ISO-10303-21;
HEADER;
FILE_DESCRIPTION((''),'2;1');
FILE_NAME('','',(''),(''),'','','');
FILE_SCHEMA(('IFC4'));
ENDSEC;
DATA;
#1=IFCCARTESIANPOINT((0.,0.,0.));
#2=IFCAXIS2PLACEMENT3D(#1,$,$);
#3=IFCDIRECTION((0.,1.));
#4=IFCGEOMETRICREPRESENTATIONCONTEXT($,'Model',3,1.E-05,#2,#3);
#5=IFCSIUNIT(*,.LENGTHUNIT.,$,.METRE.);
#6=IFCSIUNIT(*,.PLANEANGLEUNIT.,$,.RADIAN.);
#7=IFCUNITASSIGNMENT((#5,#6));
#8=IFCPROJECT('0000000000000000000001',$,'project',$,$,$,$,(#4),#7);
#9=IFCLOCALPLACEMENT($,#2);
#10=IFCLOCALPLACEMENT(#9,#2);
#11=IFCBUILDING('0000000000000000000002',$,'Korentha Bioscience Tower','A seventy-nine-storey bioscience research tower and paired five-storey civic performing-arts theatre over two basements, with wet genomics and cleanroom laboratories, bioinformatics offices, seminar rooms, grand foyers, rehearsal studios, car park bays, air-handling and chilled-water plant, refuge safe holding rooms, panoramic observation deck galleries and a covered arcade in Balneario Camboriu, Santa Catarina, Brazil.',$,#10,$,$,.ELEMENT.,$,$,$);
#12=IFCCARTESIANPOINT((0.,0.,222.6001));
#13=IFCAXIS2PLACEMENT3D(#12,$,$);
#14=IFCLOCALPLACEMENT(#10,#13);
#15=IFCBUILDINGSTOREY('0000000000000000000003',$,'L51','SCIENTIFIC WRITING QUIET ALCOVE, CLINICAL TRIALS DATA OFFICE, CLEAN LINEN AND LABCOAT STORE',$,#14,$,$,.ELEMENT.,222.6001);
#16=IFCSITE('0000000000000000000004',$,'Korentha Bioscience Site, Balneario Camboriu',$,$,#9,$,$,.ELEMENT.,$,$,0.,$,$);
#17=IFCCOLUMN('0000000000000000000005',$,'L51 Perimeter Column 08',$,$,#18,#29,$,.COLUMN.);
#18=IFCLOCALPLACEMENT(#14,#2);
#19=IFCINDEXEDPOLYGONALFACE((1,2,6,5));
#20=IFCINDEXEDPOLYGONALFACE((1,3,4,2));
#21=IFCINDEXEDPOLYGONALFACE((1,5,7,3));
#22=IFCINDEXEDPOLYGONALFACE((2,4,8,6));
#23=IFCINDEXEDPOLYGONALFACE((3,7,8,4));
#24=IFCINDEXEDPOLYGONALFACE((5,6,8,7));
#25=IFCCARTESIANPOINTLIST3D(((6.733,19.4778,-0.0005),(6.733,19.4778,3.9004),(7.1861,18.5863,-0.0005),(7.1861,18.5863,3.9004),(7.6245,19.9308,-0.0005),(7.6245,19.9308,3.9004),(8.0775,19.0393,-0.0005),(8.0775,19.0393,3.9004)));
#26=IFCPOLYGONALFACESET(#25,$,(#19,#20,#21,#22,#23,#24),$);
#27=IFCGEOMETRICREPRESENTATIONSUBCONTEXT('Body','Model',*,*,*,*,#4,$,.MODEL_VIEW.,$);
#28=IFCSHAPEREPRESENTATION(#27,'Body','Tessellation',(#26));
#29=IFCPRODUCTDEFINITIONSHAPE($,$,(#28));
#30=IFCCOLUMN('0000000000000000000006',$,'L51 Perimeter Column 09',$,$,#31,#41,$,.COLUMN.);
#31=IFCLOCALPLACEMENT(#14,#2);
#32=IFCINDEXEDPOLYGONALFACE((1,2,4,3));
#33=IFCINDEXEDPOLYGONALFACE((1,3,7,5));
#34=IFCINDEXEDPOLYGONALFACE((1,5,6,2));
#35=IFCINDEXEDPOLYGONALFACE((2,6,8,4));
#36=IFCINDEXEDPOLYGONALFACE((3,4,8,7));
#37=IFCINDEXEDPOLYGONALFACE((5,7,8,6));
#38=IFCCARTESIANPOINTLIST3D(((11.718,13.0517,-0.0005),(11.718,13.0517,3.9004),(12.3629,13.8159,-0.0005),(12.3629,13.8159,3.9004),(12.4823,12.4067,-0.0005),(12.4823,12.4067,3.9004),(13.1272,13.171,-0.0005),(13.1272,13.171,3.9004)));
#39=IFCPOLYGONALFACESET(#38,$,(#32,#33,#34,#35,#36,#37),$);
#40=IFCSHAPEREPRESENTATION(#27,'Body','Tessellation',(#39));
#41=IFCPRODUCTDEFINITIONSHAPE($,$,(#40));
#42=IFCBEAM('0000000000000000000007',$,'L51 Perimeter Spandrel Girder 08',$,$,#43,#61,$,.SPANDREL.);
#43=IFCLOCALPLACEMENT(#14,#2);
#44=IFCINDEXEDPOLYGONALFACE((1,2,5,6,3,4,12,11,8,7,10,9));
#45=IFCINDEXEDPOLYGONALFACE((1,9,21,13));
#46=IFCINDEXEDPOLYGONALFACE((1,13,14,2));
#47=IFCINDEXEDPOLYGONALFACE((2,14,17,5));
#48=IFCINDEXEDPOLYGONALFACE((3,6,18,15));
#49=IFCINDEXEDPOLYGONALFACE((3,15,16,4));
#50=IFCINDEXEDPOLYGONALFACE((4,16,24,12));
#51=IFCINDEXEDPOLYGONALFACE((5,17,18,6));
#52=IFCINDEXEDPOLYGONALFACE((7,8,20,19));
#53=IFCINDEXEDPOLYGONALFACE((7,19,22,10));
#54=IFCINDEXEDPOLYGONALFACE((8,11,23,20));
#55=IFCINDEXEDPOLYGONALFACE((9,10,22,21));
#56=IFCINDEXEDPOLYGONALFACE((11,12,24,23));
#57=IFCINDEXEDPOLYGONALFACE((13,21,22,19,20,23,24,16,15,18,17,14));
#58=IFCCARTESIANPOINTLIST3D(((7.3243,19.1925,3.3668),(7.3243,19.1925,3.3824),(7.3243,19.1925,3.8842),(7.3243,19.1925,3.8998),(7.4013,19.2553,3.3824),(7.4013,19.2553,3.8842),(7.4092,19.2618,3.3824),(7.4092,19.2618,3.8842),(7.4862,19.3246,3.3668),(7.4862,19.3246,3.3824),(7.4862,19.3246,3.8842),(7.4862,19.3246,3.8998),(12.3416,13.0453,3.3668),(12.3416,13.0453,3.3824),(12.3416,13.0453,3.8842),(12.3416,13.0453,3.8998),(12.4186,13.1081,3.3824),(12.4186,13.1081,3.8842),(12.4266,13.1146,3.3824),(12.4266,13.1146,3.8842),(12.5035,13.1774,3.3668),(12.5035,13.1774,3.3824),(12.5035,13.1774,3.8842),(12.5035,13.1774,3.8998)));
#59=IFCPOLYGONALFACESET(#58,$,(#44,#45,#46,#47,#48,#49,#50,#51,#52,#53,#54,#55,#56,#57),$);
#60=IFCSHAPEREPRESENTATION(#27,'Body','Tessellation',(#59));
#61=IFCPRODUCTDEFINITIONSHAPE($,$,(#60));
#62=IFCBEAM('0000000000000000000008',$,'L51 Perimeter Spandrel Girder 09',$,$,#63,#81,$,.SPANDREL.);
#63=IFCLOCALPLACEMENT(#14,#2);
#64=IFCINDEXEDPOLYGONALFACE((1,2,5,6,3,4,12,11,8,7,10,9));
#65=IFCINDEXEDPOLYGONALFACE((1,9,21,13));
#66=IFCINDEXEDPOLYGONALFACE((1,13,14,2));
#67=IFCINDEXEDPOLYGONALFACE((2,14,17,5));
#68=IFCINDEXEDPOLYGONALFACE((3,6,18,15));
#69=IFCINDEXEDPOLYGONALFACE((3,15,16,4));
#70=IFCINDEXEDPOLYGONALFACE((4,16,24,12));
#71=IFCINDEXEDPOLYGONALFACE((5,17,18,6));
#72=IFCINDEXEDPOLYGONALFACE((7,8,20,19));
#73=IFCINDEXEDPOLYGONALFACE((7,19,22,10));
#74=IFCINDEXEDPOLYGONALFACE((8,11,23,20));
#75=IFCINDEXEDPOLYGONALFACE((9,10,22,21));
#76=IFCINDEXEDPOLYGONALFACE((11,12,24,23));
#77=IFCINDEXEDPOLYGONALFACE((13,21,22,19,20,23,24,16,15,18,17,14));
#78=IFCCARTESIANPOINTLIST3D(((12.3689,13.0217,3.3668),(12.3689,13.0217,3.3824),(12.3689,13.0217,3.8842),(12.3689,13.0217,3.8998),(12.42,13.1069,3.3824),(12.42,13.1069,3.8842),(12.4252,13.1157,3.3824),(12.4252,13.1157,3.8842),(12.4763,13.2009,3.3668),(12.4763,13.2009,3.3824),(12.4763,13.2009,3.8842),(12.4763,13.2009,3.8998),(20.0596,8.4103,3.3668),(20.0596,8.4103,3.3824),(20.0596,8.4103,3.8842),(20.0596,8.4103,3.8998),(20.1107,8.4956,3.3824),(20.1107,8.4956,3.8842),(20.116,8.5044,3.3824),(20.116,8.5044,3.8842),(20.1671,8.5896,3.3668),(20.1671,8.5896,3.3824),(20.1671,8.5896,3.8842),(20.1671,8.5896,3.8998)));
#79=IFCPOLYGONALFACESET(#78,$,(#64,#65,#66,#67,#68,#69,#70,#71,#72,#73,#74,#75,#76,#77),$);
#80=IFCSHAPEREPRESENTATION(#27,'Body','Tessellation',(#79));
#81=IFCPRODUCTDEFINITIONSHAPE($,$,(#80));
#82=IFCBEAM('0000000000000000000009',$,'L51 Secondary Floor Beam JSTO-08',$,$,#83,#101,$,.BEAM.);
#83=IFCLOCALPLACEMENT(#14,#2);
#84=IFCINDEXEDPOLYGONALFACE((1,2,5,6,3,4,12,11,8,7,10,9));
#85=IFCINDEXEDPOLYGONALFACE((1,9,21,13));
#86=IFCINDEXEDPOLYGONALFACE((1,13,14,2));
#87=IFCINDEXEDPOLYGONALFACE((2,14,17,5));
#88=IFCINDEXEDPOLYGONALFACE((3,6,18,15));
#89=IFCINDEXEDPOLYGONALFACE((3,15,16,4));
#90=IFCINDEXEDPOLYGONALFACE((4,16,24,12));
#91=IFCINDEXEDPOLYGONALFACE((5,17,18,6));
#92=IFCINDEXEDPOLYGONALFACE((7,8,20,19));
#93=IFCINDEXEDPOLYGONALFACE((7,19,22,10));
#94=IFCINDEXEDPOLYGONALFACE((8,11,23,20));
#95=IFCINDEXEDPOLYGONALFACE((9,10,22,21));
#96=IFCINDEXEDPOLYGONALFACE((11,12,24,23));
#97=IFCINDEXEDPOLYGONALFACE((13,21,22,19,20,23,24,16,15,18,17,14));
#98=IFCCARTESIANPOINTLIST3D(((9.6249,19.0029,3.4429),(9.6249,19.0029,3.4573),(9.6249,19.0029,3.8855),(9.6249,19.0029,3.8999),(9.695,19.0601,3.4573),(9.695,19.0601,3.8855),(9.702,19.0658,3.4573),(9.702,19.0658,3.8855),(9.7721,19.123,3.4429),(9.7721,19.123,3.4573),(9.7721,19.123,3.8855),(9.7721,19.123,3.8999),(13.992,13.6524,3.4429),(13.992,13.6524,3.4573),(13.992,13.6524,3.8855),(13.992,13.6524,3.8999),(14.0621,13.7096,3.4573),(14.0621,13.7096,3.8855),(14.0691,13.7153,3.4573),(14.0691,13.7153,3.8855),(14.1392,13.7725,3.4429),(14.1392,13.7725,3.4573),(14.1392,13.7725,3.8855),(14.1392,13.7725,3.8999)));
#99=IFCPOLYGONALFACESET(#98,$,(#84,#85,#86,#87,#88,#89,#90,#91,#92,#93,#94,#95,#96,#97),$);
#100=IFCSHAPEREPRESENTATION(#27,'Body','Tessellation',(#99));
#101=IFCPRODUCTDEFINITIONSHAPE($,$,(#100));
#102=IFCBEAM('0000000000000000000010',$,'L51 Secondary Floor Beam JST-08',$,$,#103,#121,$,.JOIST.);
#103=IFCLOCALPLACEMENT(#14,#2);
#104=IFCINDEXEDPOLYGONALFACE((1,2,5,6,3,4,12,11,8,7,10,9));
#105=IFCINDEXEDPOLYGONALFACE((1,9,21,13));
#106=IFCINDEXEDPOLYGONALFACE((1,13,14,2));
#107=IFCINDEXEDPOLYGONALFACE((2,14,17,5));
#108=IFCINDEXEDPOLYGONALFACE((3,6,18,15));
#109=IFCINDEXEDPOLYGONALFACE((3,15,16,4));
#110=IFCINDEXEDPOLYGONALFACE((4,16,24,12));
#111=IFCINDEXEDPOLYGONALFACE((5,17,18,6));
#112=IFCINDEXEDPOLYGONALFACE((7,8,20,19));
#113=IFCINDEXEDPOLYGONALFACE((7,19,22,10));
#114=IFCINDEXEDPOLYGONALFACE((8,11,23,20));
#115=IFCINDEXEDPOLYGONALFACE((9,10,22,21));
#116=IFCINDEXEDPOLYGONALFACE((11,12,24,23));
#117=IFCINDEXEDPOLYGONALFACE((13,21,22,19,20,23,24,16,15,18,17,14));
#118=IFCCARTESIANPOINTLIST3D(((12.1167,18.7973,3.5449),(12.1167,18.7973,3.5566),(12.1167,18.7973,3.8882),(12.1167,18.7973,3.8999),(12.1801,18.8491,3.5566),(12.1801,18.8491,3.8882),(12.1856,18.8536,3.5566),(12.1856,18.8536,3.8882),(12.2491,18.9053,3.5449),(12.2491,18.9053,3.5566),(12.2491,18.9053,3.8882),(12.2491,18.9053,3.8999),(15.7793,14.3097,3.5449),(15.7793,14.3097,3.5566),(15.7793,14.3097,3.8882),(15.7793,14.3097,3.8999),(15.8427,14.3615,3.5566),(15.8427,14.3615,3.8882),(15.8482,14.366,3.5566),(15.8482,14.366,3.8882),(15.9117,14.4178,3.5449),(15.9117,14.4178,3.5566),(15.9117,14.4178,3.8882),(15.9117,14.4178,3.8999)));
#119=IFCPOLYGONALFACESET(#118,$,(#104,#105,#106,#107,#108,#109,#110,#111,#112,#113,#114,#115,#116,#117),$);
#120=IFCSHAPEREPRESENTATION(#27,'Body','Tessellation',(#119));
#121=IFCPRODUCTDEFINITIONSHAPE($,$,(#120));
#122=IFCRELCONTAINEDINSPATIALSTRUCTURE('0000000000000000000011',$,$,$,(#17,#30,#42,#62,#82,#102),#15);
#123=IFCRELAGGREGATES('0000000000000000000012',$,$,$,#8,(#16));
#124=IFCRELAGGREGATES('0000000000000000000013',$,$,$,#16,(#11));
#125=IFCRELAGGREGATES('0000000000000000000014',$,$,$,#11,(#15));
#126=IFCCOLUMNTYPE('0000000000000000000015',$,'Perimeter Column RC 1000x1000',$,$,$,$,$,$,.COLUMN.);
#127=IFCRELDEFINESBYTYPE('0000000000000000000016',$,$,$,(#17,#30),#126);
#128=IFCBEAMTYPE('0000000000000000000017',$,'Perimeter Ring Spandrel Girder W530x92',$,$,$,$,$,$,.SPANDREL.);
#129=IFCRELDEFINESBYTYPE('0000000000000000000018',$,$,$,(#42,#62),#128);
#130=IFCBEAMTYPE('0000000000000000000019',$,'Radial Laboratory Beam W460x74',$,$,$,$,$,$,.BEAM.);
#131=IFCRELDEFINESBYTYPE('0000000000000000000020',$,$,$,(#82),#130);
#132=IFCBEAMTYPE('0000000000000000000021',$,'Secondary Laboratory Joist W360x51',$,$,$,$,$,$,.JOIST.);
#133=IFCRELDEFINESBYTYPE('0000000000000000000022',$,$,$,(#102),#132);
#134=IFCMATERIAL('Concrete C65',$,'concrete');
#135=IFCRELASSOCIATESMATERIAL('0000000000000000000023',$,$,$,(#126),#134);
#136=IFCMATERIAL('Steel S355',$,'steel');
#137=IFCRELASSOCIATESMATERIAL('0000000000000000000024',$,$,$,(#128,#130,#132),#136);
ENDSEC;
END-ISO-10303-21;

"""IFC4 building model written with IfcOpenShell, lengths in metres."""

from ifc_helpers import new_model, si_unit, direction, frame, origin, origin_2d, place, context, subcontext, project, spatial, rectangle, i_section, extrude, material, material_profile, profile_set, type_object, element, save


model = new_model("IFC4")

# Units and contexts
model_context = context("Model", 3, precision=1e-05, world=origin(), true_north=direction((0.0, 1.0)))
body_context = subcontext(model_context, "Body", "Model", "MODEL_VIEW")
ifc_project = project(units=[si_unit("LENGTHUNIT", "METRE"), si_unit("PLANEANGLEUNIT", "RADIAN")], contexts=[model_context])

# Site, building, storey
site_placement = place(None, origin())
site = spatial("IfcSite", under=ifc_project, at=site_placement, Name="Korentha Bioscience Site, Balneario Camboriu", CompositionType="ELEMENT", RefElevation=0.0)
building_placement = place(site_placement, origin())
building = spatial("IfcBuilding", under=site, at=building_placement, Name="Korentha Bioscience Tower", Description="A seventy-nine-storey bioscience research tower and paired five-storey civic performing-arts theatre over two basements, with wet genomics and cleanroom laboratories, bioinformatics offices, seminar rooms, grand foyers, rehearsal studios, car park bays, air-handling and chilled-water plant, refuge safe holding rooms, panoramic observation deck galleries and a covered arcade in Balneario Camboriu, Santa Catarina, Brazil.", CompositionType="ELEMENT")
storey_placement = place(building_placement, frame((0.0, 0.0, 222.6001)))
storey = spatial("IfcBuildingStorey", under=building, at=storey_placement, Name="L51", Description="SCIENTIFIC WRITING QUIET ALCOVE, CLINICAL TRIALS DATA OFFICE, CLEAN LINEN AND LABCOAT STORE", CompositionType="ELEMENT", Elevation=222.6001)

# Columns
ifc_material_1 = material(Name="Concrete C65", Category="concrete")
ifc_material_profile_1 = material_profile(ifc_material_1, rectangle(XDim=1.0, YDim=1.0, at=origin_2d()), Name="Concrete C65")
ifc_profile_set_1 = profile_set([ifc_material_profile_1], Name="Concrete C65 (COL-P10)")
column_type = type_object("IfcColumnType", Name="Perimeter Column RC 1000x1000", PredefinedType="COLUMN", material=ifc_profile_set_1)
for number, where, z_axis, x_axis, name in (
    (1, (7.4053, 19.2585, -0.0005), (0.0, 0.0, 1.0), (-0.453057, 0.891481, 0.0), "L51 Perimeter Column 08"),
    (2, (12.4226, 13.1113, -0.0005), (0.0, 0.0, 1.0), (-0.764246, 0.644924, 0.0), "L51 Perimeter Column 09"),
):
    element("IfcColumn", number, at=place(storey_placement, frame(where, z_axis=z_axis, x_axis=x_axis)), inside=storey, type_object=column_type, Name=name, PredefinedType="COLUMN", context=body_context, shape_type="SweptSolid", body=[
        extrude(rectangle(XDim=1.0, YDim=1.0, at=origin_2d()), origin(), (0.0, 0.0, 1.0), 3.9009),
    ])

# Beams
ifc_material_2 = material(Name="Steel S355", Category="steel")
ifc_material_profile_2 = material_profile(ifc_material_2, i_section(OverallWidth=0.209, OverallDepth=0.533, WebThickness=0.0103, FlangeThickness=0.0156, at=origin_2d()), Name="Steel S355")
ifc_profile_set_2 = profile_set([ifc_material_profile_2], Name="Steel S355 (SB-530)")
beam_type_1 = type_object("IfcBeamType", Name="Perimeter Ring Spandrel Girder W530x92", PredefinedType="SPANDREL", material=ifc_profile_set_2)
beam_1_placement = place(storey_placement, frame((7.4053, 19.2585, 3.6333), z_axis=(0.632316, -0.774711, 0.0), x_axis=(0.774711, 0.632316, 0.0)))
element("IfcBeam", 3, at=beam_1_placement, inside=storey, type_object=beam_type_1, Name="L51 Perimeter Spandrel Girder 08", PredefinedType="SPANDREL", context=body_context, shape_type="SweptSolid", body=[
    extrude(i_section(OverallWidth=0.209, OverallDepth=0.533, WebThickness=0.0103, FlangeThickness=0.0156, at=origin_2d()), origin(), (0.0, 0.0, 1.0), 7.9348),
])
beam_2_placement = place(storey_placement, frame((12.4226, 13.1113, 3.6333), z_axis=(0.857644, -0.514243, 0.0), x_axis=(0.514243, 0.857644, 0.0)))
element("IfcBeam", 4, at=beam_2_placement, inside=storey, type_object=beam_type_1, Name="L51 Perimeter Spandrel Girder 09", PredefinedType="SPANDREL", context=body_context, shape_type="SweptSolid", body=[
    extrude(i_section(OverallWidth=0.209, OverallDepth=0.533, WebThickness=0.0103, FlangeThickness=0.0156, at=origin_2d()), origin(), (0.0, 0.0, 1.0), 8.9673),
])
ifc_material_profile_3 = material_profile(ifc_material_2, i_section(OverallWidth=0.1899, OverallDepth=0.457, WebThickness=0.009, FlangeThickness=0.0144, at=origin_2d()), Name="Steel S355")
ifc_profile_set_3 = profile_set([ifc_material_profile_3], Name="Steel S355 (RB-460)")
beam_type_2 = type_object("IfcBeamType", Name="Radial Laboratory Beam W460x74", PredefinedType="BEAM", material=ifc_profile_set_3)
beam_3_placement = place(storey_placement, frame((9.6985, 19.063, 3.6714), z_axis=(0.632321, -0.774706, 0.0), x_axis=(0.774706, 0.632321, 0.0)))
element("IfcBeam", 5, at=beam_3_placement, inside=storey, type_object=beam_type_2, Name="L51 Secondary Floor Beam JSTO-08", PredefinedType="BEAM", context=body_context, shape_type="SweptSolid", body=[
    extrude(i_section(OverallWidth=0.1899, OverallDepth=0.457, WebThickness=0.009, FlangeThickness=0.0144, at=origin_2d()), origin(), (0.0, 0.0, 1.0), 6.9065),
])
ifc_material_profile_4 = material_profile(ifc_material_2, i_section(OverallWidth=0.1709, OverallDepth=0.355, WebThickness=0.0071, FlangeThickness=0.0117, at=origin_2d()), Name="Steel S355")
ifc_profile_set_4 = profile_set([ifc_material_profile_4], Name="Steel S355 (JB-360)")
beam_type_3 = type_object("IfcBeamType", Name="Secondary Laboratory Joist W360x51", PredefinedType="JOIST", material=ifc_profile_set_4)
beam_4_placement = place(storey_placement, frame((12.1829, 18.8513, 3.7224), z_axis=(0.632303, -0.774721, 0.0), x_axis=(0.774721, 0.632303, 0.0)))
element("IfcBeam", 6, at=beam_4_placement, inside=storey, type_object=beam_type_3, Name="L51 Secondary Floor Beam JST-08", PredefinedType="JOIST", context=body_context, shape_type="SweptSolid", body=[
    extrude(i_section(OverallWidth=0.1709, OverallDepth=0.355, WebThickness=0.0071, FlangeThickness=0.0117, at=origin_2d()), origin(), (0.0, 0.0, 1.0), 5.7925),
])

save(model, "model.ifc")
